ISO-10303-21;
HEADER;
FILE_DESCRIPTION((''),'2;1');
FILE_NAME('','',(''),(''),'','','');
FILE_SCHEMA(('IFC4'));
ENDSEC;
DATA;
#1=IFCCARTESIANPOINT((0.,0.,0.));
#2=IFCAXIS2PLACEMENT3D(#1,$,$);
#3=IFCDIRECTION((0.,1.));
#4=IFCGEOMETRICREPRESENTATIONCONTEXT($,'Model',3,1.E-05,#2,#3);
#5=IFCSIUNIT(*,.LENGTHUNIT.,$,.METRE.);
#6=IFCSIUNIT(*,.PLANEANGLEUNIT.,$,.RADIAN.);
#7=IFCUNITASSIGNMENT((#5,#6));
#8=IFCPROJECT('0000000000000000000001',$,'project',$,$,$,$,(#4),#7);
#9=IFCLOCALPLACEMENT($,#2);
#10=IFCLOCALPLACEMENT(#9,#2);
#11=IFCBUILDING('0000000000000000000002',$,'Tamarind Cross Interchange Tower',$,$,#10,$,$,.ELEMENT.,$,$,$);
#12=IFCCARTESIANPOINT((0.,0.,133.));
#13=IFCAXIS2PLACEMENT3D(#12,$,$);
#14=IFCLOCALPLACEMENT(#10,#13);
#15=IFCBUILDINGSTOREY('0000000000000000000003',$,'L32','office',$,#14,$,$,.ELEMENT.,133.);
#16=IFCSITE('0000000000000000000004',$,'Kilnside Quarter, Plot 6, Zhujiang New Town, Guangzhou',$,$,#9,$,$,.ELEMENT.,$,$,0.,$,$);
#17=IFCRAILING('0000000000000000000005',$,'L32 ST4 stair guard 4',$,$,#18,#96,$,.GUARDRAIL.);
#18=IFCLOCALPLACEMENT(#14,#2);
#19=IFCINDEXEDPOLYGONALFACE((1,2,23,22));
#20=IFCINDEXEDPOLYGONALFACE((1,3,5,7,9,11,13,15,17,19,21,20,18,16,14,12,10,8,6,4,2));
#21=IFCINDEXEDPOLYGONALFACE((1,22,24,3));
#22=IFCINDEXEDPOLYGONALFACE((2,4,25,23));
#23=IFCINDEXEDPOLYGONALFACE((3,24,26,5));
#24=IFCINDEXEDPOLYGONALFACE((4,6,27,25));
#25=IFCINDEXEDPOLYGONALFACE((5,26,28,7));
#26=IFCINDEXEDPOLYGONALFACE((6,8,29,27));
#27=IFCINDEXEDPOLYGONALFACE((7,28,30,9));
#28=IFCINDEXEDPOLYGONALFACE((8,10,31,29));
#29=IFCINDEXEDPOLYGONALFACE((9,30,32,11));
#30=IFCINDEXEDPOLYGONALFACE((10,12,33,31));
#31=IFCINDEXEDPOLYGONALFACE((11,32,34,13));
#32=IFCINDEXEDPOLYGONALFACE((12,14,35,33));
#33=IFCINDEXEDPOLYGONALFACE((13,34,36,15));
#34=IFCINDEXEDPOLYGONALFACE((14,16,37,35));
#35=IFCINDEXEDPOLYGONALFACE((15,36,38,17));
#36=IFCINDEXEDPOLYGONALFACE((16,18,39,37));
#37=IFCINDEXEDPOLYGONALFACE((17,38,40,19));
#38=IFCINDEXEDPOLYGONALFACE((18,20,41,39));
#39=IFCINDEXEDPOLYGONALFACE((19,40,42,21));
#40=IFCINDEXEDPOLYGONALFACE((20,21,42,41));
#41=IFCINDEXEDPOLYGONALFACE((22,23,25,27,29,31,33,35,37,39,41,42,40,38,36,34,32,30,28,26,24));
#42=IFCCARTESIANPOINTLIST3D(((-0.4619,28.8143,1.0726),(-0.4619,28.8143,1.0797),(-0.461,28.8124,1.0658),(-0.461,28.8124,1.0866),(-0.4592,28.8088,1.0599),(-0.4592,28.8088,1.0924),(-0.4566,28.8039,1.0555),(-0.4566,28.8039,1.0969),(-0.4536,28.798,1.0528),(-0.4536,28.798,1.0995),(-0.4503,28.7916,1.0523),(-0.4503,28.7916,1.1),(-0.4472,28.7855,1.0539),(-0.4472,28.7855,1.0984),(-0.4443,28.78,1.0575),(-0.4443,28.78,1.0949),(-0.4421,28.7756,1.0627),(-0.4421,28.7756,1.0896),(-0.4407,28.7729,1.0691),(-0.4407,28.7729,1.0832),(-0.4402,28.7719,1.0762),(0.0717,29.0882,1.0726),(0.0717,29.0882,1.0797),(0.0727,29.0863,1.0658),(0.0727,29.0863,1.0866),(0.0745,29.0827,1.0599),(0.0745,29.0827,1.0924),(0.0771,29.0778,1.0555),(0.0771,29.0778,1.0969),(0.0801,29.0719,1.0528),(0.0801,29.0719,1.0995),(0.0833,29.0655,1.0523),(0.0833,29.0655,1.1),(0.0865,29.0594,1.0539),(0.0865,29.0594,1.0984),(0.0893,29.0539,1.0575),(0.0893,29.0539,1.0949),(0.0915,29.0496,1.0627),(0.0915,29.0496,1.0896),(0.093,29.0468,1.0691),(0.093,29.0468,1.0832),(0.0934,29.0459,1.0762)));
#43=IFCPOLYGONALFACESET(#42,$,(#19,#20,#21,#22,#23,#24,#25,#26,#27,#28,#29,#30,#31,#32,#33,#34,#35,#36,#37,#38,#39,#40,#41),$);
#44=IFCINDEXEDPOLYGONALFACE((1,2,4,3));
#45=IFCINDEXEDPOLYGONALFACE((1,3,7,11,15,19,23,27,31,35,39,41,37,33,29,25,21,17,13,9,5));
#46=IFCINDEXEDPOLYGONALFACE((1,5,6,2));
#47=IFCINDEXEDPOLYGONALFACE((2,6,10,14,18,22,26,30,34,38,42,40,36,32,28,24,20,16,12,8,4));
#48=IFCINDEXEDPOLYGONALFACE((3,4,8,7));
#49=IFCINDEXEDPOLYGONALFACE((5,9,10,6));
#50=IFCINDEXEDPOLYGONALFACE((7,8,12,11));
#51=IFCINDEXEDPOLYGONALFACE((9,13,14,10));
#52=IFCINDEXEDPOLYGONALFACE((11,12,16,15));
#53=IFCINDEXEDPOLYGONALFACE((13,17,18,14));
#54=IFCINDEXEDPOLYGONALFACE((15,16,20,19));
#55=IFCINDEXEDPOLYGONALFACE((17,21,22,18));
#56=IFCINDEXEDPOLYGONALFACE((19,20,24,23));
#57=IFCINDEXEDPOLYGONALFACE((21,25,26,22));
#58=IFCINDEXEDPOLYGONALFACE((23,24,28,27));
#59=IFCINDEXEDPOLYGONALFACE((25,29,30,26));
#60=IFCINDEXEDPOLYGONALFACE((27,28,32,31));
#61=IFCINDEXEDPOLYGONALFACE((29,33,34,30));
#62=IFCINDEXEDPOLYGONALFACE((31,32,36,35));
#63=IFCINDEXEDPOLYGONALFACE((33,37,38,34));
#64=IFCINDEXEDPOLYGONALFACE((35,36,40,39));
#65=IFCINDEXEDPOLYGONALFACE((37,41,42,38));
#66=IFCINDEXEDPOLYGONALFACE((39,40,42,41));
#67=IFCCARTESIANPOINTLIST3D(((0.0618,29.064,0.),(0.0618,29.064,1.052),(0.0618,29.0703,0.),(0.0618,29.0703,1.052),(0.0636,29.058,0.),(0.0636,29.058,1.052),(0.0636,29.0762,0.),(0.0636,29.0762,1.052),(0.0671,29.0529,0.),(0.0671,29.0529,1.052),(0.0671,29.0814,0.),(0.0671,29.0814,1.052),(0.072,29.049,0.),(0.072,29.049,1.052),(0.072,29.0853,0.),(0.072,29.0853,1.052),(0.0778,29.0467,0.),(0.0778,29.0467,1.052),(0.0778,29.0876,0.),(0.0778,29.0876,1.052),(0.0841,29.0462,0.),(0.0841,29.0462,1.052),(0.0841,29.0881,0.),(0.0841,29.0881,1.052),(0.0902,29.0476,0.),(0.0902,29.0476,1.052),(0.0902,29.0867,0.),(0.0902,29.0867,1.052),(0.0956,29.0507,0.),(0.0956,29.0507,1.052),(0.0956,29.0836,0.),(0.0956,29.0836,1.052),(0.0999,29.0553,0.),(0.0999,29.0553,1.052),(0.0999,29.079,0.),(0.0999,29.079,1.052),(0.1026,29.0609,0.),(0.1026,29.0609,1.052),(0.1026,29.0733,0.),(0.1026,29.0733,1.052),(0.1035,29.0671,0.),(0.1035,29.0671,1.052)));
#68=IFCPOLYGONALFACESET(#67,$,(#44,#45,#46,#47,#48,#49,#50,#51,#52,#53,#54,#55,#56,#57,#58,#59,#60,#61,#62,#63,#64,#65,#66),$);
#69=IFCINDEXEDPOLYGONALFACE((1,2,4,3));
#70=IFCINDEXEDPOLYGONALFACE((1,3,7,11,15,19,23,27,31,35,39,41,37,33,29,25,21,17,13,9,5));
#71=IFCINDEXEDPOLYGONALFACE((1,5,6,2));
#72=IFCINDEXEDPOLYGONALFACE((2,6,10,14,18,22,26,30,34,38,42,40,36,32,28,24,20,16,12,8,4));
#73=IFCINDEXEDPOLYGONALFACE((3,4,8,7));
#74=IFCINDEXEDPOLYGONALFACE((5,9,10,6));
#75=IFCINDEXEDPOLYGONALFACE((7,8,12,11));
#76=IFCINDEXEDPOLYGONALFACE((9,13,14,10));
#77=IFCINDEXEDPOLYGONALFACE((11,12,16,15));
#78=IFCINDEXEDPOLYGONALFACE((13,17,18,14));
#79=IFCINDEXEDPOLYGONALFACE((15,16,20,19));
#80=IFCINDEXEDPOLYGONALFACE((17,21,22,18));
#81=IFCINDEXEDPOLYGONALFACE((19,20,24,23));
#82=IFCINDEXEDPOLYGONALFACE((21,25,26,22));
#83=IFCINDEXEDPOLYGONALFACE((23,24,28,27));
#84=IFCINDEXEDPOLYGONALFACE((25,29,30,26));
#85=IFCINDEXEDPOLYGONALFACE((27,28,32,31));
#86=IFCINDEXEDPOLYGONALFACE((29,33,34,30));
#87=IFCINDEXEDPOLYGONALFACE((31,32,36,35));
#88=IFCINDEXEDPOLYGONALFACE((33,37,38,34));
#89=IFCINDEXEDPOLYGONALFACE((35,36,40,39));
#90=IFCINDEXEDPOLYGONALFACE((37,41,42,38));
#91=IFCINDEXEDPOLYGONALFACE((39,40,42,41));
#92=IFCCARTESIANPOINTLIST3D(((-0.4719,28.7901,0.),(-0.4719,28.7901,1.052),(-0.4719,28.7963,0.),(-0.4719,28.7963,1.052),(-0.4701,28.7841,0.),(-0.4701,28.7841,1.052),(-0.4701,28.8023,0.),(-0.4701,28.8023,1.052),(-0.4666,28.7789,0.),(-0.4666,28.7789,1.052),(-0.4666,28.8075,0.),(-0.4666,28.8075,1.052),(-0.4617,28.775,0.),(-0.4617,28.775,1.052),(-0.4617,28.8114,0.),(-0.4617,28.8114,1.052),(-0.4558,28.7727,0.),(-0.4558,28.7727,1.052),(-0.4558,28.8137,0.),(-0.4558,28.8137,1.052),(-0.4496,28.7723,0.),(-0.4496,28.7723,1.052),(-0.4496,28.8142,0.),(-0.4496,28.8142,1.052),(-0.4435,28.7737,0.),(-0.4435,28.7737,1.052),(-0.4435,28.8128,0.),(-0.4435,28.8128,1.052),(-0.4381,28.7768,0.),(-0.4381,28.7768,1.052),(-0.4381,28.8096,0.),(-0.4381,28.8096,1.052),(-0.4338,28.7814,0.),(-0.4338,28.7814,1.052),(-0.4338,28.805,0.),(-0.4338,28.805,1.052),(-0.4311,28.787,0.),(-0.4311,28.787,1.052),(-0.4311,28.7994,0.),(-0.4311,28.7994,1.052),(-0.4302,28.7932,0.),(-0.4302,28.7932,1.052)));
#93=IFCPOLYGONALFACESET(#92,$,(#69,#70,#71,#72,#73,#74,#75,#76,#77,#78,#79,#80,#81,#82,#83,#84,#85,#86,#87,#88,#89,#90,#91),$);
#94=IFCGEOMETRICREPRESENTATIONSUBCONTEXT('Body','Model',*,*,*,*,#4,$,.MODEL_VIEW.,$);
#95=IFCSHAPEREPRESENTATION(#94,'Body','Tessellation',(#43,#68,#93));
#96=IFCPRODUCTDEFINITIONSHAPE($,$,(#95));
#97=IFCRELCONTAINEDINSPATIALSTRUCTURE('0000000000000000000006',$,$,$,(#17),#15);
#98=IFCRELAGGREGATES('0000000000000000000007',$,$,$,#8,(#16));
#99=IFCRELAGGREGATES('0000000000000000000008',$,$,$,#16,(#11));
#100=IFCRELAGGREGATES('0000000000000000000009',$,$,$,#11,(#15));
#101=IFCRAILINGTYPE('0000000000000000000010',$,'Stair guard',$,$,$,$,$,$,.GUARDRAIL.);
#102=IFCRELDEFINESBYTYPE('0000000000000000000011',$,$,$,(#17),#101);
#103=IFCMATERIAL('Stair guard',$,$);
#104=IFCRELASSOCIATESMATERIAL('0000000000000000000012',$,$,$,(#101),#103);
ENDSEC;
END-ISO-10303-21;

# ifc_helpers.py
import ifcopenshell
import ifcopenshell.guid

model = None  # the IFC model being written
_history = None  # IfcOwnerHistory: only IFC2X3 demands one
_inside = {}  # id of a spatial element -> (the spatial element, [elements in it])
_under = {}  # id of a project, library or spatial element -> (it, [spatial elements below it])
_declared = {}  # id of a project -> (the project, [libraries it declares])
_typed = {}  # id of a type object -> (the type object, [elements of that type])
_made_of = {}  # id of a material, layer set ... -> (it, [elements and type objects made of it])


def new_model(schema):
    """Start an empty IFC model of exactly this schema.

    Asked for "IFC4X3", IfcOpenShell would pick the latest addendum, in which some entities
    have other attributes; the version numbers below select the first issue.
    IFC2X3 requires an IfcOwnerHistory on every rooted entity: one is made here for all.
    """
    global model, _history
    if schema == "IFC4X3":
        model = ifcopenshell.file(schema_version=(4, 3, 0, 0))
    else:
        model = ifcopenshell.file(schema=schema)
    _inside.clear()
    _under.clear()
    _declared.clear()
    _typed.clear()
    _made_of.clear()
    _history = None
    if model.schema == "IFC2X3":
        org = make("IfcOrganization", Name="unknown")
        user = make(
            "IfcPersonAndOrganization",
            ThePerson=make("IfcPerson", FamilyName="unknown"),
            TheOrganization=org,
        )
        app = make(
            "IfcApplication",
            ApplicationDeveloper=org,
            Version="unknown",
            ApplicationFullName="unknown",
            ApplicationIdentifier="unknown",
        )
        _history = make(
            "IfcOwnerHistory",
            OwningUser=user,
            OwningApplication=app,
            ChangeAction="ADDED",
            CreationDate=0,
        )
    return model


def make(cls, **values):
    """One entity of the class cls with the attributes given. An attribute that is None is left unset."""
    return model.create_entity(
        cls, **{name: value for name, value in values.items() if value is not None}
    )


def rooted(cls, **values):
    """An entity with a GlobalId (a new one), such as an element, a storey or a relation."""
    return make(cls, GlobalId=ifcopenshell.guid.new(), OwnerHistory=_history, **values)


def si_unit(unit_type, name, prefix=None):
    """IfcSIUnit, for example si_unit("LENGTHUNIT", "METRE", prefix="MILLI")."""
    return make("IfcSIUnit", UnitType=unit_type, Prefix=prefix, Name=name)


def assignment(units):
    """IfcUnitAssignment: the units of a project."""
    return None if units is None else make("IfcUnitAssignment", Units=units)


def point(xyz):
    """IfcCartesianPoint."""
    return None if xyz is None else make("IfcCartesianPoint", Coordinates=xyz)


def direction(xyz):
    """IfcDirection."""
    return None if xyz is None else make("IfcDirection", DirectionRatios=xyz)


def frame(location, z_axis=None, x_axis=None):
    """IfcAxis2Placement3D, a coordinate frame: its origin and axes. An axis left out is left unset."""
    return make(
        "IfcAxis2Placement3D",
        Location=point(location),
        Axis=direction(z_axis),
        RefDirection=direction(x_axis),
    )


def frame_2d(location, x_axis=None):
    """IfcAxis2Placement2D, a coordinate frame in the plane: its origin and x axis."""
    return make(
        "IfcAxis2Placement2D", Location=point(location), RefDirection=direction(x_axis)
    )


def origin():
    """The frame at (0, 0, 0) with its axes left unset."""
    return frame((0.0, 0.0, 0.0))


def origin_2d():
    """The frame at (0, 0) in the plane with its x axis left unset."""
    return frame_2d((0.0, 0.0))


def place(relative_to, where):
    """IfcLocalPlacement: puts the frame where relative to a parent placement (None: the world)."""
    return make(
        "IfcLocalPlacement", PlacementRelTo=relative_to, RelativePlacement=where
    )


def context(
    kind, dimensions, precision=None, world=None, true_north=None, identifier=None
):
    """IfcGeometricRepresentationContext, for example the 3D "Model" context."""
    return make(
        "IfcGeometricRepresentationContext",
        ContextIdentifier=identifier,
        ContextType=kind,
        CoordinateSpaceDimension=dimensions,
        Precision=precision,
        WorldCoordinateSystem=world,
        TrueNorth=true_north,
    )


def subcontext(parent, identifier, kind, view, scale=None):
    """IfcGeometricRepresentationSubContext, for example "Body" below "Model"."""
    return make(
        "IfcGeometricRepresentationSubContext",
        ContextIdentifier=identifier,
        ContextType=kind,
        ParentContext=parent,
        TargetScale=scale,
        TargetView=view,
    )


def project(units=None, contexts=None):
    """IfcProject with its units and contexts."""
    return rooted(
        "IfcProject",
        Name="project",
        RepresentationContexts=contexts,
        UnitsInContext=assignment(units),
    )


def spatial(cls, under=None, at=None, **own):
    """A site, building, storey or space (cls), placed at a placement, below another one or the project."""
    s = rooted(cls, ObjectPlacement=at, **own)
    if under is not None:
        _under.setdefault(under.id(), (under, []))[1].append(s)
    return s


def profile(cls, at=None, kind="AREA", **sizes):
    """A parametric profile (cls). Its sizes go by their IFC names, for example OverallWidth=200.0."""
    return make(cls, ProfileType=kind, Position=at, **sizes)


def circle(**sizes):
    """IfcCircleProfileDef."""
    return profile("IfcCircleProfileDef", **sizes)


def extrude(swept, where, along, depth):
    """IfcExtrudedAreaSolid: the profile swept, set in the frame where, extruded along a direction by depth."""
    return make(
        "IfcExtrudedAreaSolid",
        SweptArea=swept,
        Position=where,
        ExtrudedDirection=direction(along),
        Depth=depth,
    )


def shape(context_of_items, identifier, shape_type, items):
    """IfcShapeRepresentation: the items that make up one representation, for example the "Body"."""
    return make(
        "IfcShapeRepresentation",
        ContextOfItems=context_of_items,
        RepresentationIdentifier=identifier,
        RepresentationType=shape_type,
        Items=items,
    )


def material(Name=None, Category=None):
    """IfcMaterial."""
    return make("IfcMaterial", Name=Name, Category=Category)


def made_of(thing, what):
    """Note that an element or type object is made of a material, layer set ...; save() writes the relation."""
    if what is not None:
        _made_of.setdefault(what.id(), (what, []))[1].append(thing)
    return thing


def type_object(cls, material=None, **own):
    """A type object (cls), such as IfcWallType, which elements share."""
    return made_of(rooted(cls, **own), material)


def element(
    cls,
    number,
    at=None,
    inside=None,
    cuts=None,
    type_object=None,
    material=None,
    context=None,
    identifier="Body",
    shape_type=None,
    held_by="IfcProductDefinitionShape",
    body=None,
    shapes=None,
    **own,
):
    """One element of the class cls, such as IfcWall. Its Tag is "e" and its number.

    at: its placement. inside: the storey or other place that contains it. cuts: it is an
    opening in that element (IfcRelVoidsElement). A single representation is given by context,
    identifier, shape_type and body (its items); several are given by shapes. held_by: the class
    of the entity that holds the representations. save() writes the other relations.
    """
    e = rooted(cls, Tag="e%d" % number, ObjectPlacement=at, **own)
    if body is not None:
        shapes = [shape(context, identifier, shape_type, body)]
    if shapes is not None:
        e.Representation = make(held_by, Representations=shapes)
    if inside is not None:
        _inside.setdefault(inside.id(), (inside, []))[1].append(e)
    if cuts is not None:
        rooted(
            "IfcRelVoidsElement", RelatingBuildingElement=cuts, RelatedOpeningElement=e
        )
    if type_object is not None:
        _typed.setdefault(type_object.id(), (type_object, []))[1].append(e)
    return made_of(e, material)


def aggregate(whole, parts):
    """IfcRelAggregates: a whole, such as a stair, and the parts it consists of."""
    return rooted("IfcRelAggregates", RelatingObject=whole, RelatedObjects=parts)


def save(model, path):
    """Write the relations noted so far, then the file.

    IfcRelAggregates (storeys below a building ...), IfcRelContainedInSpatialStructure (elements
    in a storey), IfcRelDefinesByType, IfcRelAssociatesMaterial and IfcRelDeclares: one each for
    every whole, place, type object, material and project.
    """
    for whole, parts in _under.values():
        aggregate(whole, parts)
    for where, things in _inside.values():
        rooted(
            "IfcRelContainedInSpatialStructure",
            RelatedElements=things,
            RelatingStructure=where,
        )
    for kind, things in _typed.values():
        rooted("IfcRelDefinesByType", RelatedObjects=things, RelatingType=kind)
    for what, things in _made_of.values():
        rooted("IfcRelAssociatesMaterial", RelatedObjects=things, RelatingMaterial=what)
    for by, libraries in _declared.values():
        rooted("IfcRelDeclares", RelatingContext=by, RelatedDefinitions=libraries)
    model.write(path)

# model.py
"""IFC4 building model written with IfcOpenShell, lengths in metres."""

from ifc_helpers import new_model, si_unit, direction, frame, origin, origin_2d, place, context, subcontext, project, spatial, circle, extrude, material, type_object, element, save


model = new_model("IFC4")

# Units and contexts
model_context = context("Model", 3, precision=1e-05, world=origin(), true_north=direction((0.0, 1.0)))
body_context = subcontext(model_context, "Body", "Model", "MODEL_VIEW")
ifc_project = project(units=[si_unit("LENGTHUNIT", "METRE"), si_unit("PLANEANGLEUNIT", "RADIAN")], contexts=[model_context])

# Site, building, storey
site_placement = place(None, origin())
site = spatial("IfcSite", under=ifc_project, at=site_placement, Name="Kilnside Quarter, Plot 6, Zhujiang New Town, Guangzhou", CompositionType="ELEMENT", RefElevation=0.0)
building_placement = place(site_placement, origin())
building = spatial("IfcBuilding", under=site, at=building_placement, Name="Tamarind Cross Interchange Tower", CompositionType="ELEMENT")
storey_placement = place(building_placement, frame((0.0, 0.0, 133.0)))
storey = spatial("IfcBuildingStorey", under=building, at=storey_placement, Name="L32", Description="office", CompositionType="ELEMENT", Elevation=133.0)

# Railing
ifc_material_1 = material(Name="Stair guard")
railing_type_1 = type_object("IfcRailingType", Name="Stair guard", PredefinedType="GUARDRAIL", material=ifc_material_1)
railing_1_placement = place(storey_placement, frame((0.0825, 29.0671, 0.0)))
element("IfcRailing", 1, at=railing_1_placement, inside=storey, type_object=railing_type_1, Name="L32 ST4 stair guard 4", PredefinedType="GUARDRAIL", context=body_context, shape_type="SweptSolid", body=[
    extrude(circle(Radius=0.0239, at=origin_2d()), frame((0.0, 0.0, 1.0762), z_axis=(-0.889656, -0.456631, 0.0), x_axis=(0.456631, -0.889656, 0.0)), (0.0, 0.0, 1.0), 0.5999),
    extrude(circle(Radius=0.021, at=origin_2d()), origin(), (0.0, 0.0, 1.0), 1.052),
    extrude(circle(Radius=0.021, at=origin_2d()), frame((-0.5337, -0.2739, 0.0)), (0.0, 0.0, 1.0), 1.052),
])

save(model, "model.ifc")
